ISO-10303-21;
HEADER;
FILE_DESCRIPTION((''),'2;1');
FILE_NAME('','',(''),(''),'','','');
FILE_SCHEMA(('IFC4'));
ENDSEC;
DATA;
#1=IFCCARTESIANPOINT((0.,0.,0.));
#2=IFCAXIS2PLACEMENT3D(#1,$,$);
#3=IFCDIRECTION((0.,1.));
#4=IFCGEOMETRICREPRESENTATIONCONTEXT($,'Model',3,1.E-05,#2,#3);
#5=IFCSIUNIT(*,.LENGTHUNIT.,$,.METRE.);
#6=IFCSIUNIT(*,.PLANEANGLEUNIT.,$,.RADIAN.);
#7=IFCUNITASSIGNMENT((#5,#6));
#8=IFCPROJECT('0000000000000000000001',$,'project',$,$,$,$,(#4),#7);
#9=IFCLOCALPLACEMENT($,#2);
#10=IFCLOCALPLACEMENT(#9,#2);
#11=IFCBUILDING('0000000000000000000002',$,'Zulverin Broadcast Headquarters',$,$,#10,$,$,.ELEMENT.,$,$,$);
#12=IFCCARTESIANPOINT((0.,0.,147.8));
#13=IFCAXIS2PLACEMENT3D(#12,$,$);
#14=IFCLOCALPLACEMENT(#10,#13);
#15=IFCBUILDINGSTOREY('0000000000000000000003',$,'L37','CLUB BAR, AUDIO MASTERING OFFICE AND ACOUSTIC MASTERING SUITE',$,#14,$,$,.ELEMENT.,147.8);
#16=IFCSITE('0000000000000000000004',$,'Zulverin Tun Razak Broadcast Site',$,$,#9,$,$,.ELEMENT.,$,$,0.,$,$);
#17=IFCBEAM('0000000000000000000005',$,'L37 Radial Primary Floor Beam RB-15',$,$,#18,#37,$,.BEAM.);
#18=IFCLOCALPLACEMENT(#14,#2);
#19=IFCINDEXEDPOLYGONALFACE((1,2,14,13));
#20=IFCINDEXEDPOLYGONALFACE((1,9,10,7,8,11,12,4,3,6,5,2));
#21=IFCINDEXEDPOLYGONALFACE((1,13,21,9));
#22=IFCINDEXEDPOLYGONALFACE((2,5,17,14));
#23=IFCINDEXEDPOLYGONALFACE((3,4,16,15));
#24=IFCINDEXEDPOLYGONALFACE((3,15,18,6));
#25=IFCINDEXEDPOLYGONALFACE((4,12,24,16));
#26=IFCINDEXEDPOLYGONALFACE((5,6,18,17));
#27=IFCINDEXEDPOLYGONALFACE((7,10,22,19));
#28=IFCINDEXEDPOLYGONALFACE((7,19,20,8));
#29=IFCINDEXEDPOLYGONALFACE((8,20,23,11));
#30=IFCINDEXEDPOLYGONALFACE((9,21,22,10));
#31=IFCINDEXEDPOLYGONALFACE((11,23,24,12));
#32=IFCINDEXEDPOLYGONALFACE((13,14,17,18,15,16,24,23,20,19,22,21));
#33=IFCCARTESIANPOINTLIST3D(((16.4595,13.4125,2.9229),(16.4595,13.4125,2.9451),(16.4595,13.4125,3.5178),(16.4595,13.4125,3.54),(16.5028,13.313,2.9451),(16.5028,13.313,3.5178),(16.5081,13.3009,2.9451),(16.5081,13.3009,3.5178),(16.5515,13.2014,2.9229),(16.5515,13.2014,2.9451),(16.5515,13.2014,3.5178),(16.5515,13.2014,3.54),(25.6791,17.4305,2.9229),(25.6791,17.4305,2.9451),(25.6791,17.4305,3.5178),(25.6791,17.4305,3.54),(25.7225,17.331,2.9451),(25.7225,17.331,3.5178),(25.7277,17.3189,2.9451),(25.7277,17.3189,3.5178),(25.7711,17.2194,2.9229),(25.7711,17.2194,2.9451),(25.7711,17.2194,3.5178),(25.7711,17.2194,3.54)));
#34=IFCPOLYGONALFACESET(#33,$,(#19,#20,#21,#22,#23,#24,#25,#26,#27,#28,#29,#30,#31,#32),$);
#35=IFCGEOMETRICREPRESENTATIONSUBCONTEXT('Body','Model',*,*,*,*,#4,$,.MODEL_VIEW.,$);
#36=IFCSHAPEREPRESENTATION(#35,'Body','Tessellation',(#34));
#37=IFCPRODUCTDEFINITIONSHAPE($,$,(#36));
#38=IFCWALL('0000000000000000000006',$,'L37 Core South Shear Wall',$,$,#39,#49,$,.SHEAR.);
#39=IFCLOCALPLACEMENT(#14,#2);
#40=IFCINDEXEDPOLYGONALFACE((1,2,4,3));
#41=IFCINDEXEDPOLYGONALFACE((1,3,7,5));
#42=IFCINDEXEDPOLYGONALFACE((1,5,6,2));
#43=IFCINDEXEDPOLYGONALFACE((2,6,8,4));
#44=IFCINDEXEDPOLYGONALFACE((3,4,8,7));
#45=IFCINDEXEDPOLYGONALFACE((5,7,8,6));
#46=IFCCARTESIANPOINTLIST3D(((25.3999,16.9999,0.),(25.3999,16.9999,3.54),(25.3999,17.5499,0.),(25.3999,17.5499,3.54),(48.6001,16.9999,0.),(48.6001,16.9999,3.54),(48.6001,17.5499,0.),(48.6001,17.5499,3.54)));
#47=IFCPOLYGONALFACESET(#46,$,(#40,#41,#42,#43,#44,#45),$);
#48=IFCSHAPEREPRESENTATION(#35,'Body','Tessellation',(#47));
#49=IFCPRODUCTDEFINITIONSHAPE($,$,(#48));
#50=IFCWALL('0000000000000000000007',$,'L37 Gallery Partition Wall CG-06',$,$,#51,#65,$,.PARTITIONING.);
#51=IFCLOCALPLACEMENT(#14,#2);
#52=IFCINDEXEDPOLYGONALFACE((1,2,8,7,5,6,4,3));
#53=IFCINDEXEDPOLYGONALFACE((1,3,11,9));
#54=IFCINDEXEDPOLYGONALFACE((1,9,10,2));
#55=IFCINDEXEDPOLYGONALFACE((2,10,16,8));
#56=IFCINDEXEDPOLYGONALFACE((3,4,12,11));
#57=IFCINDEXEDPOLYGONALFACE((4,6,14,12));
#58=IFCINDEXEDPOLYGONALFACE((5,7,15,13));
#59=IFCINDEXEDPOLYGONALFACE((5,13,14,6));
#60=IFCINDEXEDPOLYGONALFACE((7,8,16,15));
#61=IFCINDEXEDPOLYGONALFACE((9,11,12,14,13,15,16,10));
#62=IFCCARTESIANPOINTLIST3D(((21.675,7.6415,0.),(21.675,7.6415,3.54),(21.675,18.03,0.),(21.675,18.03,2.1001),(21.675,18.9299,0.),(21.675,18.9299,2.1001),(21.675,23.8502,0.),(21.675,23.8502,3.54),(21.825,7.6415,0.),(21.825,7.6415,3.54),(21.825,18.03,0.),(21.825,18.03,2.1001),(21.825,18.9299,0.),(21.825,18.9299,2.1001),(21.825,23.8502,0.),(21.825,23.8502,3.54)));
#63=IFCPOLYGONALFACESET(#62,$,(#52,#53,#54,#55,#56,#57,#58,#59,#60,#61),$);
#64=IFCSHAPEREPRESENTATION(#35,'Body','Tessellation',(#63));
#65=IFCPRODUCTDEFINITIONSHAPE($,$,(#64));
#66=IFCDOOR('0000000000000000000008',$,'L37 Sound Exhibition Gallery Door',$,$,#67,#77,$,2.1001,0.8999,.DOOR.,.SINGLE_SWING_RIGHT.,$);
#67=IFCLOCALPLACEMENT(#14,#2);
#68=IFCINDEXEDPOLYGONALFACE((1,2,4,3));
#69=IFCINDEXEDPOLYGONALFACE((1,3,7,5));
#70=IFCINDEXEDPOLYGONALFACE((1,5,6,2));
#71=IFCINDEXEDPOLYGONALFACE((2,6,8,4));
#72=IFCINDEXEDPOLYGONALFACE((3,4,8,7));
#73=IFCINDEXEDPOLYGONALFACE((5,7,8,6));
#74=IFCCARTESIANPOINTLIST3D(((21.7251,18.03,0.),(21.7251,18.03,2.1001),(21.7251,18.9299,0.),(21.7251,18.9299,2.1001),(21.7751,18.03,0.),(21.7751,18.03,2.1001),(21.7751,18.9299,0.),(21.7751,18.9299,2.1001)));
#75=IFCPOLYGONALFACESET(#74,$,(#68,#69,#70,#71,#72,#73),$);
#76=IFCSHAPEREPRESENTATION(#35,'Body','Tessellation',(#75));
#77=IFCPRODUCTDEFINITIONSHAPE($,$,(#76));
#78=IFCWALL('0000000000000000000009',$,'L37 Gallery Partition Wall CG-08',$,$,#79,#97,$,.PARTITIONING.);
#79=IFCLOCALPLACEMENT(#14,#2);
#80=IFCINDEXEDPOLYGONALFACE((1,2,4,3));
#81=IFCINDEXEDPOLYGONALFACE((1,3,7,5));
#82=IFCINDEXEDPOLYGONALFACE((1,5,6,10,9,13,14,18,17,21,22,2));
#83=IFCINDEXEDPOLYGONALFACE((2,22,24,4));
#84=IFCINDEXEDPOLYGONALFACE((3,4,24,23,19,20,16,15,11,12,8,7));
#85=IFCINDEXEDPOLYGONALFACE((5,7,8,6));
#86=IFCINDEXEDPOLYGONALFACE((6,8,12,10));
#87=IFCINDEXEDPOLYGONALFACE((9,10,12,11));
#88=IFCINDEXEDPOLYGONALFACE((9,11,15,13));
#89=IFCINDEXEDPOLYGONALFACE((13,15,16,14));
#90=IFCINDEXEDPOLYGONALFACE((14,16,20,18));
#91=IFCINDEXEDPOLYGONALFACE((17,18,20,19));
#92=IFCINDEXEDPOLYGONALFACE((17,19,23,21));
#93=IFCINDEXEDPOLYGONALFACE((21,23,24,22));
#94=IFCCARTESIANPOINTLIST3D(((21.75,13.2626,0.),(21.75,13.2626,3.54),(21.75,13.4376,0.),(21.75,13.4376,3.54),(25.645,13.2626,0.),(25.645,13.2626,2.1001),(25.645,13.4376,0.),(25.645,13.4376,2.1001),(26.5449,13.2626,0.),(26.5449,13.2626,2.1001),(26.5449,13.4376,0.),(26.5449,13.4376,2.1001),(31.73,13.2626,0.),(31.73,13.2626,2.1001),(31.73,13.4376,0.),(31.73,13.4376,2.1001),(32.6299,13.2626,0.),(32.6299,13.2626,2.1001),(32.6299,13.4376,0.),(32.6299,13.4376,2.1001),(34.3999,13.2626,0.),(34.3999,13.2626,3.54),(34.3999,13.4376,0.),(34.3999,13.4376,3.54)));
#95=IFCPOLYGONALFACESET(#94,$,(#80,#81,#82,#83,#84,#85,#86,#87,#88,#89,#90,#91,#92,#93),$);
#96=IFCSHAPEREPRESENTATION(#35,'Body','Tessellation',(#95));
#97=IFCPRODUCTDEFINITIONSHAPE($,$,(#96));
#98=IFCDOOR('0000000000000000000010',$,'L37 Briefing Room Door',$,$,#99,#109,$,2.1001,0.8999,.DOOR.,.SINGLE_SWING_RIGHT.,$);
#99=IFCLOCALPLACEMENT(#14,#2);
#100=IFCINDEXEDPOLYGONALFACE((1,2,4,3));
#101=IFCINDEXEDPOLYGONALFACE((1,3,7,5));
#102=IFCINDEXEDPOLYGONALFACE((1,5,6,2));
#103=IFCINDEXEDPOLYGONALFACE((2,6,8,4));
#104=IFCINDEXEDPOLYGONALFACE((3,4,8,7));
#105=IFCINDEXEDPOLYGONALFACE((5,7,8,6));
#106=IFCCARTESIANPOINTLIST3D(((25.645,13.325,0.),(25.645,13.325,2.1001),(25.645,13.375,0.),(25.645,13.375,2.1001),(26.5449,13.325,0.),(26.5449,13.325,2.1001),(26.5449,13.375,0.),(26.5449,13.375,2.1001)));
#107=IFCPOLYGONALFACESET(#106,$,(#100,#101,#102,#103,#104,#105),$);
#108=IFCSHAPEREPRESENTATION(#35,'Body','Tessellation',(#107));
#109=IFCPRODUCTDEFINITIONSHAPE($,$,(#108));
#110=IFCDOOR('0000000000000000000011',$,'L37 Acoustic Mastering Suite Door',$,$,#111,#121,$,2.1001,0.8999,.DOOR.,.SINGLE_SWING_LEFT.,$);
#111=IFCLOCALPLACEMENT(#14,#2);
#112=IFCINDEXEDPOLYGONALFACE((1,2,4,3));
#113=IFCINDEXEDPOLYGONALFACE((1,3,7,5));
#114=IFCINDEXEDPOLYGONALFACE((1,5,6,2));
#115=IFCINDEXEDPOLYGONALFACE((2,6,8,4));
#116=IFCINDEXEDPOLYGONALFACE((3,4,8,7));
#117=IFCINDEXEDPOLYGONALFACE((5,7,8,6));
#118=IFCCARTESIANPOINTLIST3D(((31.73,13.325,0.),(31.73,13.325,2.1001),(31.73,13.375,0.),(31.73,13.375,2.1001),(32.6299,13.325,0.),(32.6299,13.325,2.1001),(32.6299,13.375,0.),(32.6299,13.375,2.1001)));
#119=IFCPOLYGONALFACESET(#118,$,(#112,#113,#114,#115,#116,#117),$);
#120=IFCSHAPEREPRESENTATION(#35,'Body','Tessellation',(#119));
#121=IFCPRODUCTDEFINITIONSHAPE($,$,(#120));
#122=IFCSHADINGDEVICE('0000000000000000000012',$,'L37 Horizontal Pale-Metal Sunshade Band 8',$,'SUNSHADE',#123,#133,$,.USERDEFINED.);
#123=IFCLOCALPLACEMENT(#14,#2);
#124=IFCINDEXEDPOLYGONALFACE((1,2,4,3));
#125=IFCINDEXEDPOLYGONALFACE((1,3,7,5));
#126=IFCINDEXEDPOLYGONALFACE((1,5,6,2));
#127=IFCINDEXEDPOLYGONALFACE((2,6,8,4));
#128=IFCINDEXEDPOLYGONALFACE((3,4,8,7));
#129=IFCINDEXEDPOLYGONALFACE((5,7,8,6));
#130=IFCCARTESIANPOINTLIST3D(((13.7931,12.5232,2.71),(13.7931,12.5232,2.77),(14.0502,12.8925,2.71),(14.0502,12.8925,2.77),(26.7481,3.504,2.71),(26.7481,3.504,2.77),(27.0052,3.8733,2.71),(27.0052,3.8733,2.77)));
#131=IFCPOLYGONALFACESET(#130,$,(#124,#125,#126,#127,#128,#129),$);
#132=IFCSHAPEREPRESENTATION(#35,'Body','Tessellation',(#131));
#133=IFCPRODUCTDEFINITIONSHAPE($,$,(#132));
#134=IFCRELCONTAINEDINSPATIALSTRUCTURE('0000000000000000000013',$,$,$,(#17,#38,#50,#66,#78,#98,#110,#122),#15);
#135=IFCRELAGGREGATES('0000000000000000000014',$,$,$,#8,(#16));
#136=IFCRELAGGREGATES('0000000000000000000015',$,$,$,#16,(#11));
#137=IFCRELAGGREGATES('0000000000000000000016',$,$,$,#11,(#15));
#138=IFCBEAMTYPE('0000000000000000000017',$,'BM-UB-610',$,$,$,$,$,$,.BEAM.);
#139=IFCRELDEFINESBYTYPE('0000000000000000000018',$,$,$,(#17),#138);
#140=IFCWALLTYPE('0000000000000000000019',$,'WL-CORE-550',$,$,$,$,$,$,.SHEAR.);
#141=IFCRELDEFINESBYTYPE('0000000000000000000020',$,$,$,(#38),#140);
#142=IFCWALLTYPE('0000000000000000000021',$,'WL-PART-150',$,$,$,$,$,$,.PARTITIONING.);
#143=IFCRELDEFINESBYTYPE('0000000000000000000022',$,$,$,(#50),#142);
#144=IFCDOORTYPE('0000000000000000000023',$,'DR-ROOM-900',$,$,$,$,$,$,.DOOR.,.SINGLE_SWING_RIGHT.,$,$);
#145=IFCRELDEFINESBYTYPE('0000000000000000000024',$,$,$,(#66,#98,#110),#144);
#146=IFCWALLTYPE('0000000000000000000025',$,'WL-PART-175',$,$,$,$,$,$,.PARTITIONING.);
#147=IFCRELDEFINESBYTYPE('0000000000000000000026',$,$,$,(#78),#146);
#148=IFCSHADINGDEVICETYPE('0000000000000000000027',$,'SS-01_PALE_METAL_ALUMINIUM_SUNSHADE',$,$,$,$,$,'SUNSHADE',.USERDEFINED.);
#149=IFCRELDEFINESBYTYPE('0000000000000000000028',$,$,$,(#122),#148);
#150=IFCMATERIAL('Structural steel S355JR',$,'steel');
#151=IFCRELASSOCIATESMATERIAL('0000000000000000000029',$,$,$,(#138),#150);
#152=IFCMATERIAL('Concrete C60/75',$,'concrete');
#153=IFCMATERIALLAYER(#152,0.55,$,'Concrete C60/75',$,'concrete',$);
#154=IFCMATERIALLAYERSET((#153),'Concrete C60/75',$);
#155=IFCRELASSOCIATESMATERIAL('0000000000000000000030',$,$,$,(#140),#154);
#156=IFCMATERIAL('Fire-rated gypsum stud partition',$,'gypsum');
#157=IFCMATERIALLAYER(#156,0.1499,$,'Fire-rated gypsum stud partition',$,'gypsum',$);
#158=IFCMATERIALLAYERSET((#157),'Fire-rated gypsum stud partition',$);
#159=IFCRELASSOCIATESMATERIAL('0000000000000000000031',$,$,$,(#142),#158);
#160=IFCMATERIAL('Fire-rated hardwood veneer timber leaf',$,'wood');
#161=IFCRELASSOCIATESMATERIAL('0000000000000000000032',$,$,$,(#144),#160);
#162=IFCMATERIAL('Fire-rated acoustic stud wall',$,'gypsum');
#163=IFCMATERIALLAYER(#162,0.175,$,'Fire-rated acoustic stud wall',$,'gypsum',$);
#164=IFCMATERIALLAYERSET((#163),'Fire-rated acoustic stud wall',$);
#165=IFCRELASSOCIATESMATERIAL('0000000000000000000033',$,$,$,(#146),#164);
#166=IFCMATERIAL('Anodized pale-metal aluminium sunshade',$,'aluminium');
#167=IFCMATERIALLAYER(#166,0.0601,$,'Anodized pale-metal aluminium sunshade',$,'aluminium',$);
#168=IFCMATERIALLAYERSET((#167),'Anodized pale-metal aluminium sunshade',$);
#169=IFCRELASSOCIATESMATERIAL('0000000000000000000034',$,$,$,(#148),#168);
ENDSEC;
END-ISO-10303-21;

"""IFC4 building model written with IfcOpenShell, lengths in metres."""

from ifc_helpers import new_model, si_unit, direction, frame, frame_2d, origin, origin_2d, place, context, subcontext, project, spatial, rectangle, i_section, extrude, material, layer, layer_set, material_profile, profile_set, type_object, element, fill, save


model = new_model("IFC4")

# Units and contexts
model_context = context("Model", 3, precision=1e-05, world=origin(), true_north=direction((0.0, 1.0)))
body_context = subcontext(model_context, "Body", "Model", "MODEL_VIEW")
ifc_project = project(units=[si_unit("LENGTHUNIT", "METRE"), si_unit("PLANEANGLEUNIT", "RADIAN")], contexts=[model_context])

# Site, building, storey
site_placement = place(None, origin())
site = spatial("IfcSite", under=ifc_project, at=site_placement, Name="Zulverin Tun Razak Broadcast Site", CompositionType="ELEMENT", RefElevation=0.0)
building_placement = place(site_placement, origin())
building = spatial("IfcBuilding", under=site, at=building_placement, Name="Zulverin Broadcast Headquarters", CompositionType="ELEMENT")
storey_placement = place(building_placement, frame((0.0, 0.0, 147.8)))
storey = spatial("IfcBuildingStorey", under=building, at=storey_placement, Name="L37", Description="CLUB BAR, AUDIO MASTERING OFFICE AND ACOUSTIC MASTERING SUITE", CompositionType="ELEMENT", Elevation=147.8)

# Shared definitions
ifc_material_1 = material(Name="Concrete C60/75", Category="concrete")

# Beam
ifc_material_2 = material(Name="Structural steel S355JR", Category="steel")
ifc_material_profile_1 = material_profile(ifc_material_2, i_section(OverallWidth=0.2302, OverallDepth=0.6172, WebThickness=0.0132, FlangeThickness=0.0222, at=origin_2d()), Name="Structural steel S355JR", Category="steel")
ifc_profile_set_1 = profile_set([ifc_material_profile_1], Name="Structural steel S355JR")
beam_type_1 = type_object("IfcBeamType", Name="BM-UB-610", PredefinedType="BEAM", material=ifc_profile_set_1)
beam_1_placement = place(storey_placement, frame((25.7251, 17.325, 3.2314), z_axis=(-0.916725, -0.39952, 0.0), x_axis=(0.39952, -0.916725, 0.0)))
element("IfcBeam", 1, at=beam_1_placement, inside=storey, type_object=beam_type_1, Name="L37 Radial Primary Floor Beam RB-15", PredefinedType="BEAM", context=body_context, shape_type="SweptSolid", body=[
    extrude(i_section(OverallWidth=0.2302, OverallDepth=0.6172, WebThickness=0.0132, FlangeThickness=0.0222, at=origin_2d()), origin(), (0.0, 0.0, 1.0), 10.0571),
])

# Wall
ifc_layer_1 = layer(ifc_material_1, 0.55, Name="Concrete C60/75", Category="concrete")
ifc_layer_set_1 = layer_set([ifc_layer_1], Name="Concrete C60/75")
wall_type_1 = type_object("IfcWallType", Name="WL-CORE-550", PredefinedType="SHEAR", material=ifc_layer_set_1)
wall_1_placement = place(storey_placement, frame((25.3999, 17.2749, 0.0), z_axis=(0.0, 0.0, 1.0), x_axis=(1.0, 0.0, 0.0)))
element("IfcWall", 2, at=wall_1_placement, inside=storey, type_object=wall_type_1, Name="L37 Core South Shear Wall", PredefinedType="SHEAR", context=body_context, shape_type="SweptSolid", body=[
    extrude(rectangle(XDim=23.2002, YDim=0.55, at=frame_2d((11.6001, 0.0))), origin(), (0.0, 0.0, 1.0), 3.54),
])

# Wall, opening, door
ifc_material_3 = material(Name="Fire-rated gypsum stud partition", Category="gypsum")
ifc_layer_2 = layer(ifc_material_3, 0.1499, Name="Fire-rated gypsum stud partition", Category="gypsum")
ifc_layer_set_2 = layer_set([ifc_layer_2], Name="Fire-rated gypsum stud partition")
wall_type_2 = type_object("IfcWallType", Name="WL-PART-150", PredefinedType="PARTITIONING", material=ifc_layer_set_2)
wall_2_placement = place(storey_placement, frame((21.75, 7.6414, 0.0), z_axis=(0.0, 0.0, 1.0), x_axis=(0.0, 1.0, 0.0)))
wall_2 = element("IfcWall", 3, at=wall_2_placement, inside=storey, type_object=wall_type_2, Name="L37 Gallery Partition Wall CG-06", PredefinedType="PARTITIONING", context=body_context, shape_type="SweptSolid", body=[
    extrude(rectangle(XDim=16.2087, YDim=0.1499, at=frame_2d((8.1045, 0.0))), origin(), (0.0, 0.0, 1.0), 3.54),
])
opening_1_placement = place(wall_2_placement, frame((10.3887, 0.0, 0.0)))
opening_1 = element("IfcOpeningElement", 4, at=opening_1_placement, cuts=wall_2, PredefinedType="OPENING", context=body_context, shape_type="SweptSolid", body=[
    extrude(rectangle(XDim=0.8999, YDim=2.1001, at=frame_2d((0.45, 1.05))), frame((0.0, 0.085, 0.0), z_axis=(0.0, -1.0, 0.0), x_axis=(1.0, 0.0, 0.0)), (0.0, 0.0, 1.0), 0.1699),
])
ifc_material_4 = material(Name="Fire-rated hardwood veneer timber leaf", Category="wood")
door_type_1 = type_object("IfcDoorType", Name="DR-ROOM-900", OperationType="SINGLE_SWING_RIGHT", PredefinedType="DOOR", material=ifc_material_4)
door_1_placement = place(opening_1_placement, origin())
door_1 = element("IfcDoor", 5, at=door_1_placement, inside=storey, type_object=door_type_1, Name="L37 Sound Exhibition Gallery Door", OperationType="SINGLE_SWING_RIGHT", OverallHeight=2.1001, OverallWidth=0.8999, PredefinedType="DOOR", context=body_context, shape_type="SweptSolid", body=[
    extrude(rectangle(XDim=0.8999, YDim=2.1001, at=frame_2d((0.45, 1.05))), frame((0.0, 0.0249, 0.0), z_axis=(0.0, -1.0, 0.0), x_axis=(1.0, 0.0, 0.0)), (0.0, 0.0, 1.0), 0.05),
])
fill(opening_1, door_1)

# Wall, openings, doors
ifc_material_5 = material(Name="Fire-rated acoustic stud wall", Category="gypsum")
ifc_layer_3 = layer(ifc_material_5, 0.175, Name="Fire-rated acoustic stud wall", Category="gypsum")
ifc_layer_set_3 = layer_set([ifc_layer_3], Name="Fire-rated acoustic stud wall")
wall_type_3 = type_object("IfcWallType", Name="WL-PART-175", PredefinedType="PARTITIONING", material=ifc_layer_set_3)
wall_3_placement = place(storey_placement, frame((21.75, 13.3501, 0.0), z_axis=(0.0, 0.0, 1.0), x_axis=(1.0, 0.0, 0.0)))
wall_3 = element("IfcWall", 6, at=wall_3_placement, inside=storey, type_object=wall_type_3, Name="L37 Gallery Partition Wall CG-08", PredefinedType="PARTITIONING", context=body_context, shape_type="SweptSolid", body=[
    extrude(rectangle(XDim=12.6499, YDim=0.175, at=frame_2d((6.325, 0.0))), origin(), (0.0, 0.0, 1.0), 3.54),
])
opening_2_placement = place(wall_3_placement, frame((3.895, 0.0, 0.0)))
opening_2 = element("IfcOpeningElement", 7, at=opening_2_placement, cuts=wall_3, PredefinedType="OPENING", context=body_context, shape_type="SweptSolid", body=[
    extrude(rectangle(XDim=0.8999, YDim=2.1001, at=frame_2d((0.45, 1.05))), frame((0.0, 0.0974, 0.0), z_axis=(0.0, -1.0, 0.0), x_axis=(1.0, 0.0, 0.0)), (0.0, 0.0, 1.0), 0.1951),
])
opening_3_placement = place(wall_3_placement, frame((9.98, 0.0, 0.0)))
opening_3 = element("IfcOpeningElement", 8, at=opening_3_placement, cuts=wall_3, PredefinedType="OPENING", context=body_context, shape_type="SweptSolid", body=[
    extrude(rectangle(XDim=0.8999, YDim=2.1001, at=frame_2d((0.45, 1.05))), frame((0.0, 0.0974, 0.0), z_axis=(0.0, -1.0, 0.0), x_axis=(1.0, 0.0, 0.0)), (0.0, 0.0, 1.0), 0.1951),
])
door_2_placement = place(opening_2_placement, origin())
door_2 = element("IfcDoor", 9, at=door_2_placement, inside=storey, type_object=door_type_1, Name="L37 Briefing Room Door", OperationType="SINGLE_SWING_RIGHT", OverallHeight=2.1001, OverallWidth=0.8999, PredefinedType="DOOR", context=body_context, shape_type="SweptSolid", body=[
    extrude(rectangle(XDim=0.8999, YDim=2.1001, at=frame_2d((0.45, 1.05))), frame((0.0, 0.0249, 0.0), z_axis=(0.0, -1.0, 0.0), x_axis=(1.0, 0.0, 0.0)), (0.0, 0.0, 1.0), 0.05),
])
fill(opening_2, door_2)
door_3_placement = place(opening_3_placement, origin())
door_3 = element("IfcDoor", 10, at=door_3_placement, inside=storey, type_object=door_type_1, Name="L37 Acoustic Mastering Suite Door", OperationType="SINGLE_SWING_LEFT", OverallHeight=2.1001, OverallWidth=0.8999, PredefinedType="DOOR", context=body_context, shape_type="SweptSolid", body=[
    extrude(rectangle(XDim=0.8999, YDim=2.1001, at=frame_2d((0.45, 1.05))), frame((0.0, 0.0249, 0.0), z_axis=(0.0, -1.0, 0.0), x_axis=(1.0, 0.0, 0.0)), (0.0, 0.0, 1.0), 0.05),
])
fill(opening_3, door_3)

# Shading device
ifc_material_6 = material(Name="Anodized pale-metal aluminium sunshade", Category="aluminium")
ifc_layer_4 = layer(ifc_material_6, 0.0601, Name="Anodized pale-metal aluminium sunshade", Category="aluminium")
ifc_layer_set_4 = layer_set([ifc_layer_4], Name="Anodized pale-metal aluminium sunshade")
shading_device_type = type_object("IfcShadingDeviceType", Name="SS-01_PALE_METAL_ALUMINIUM_SUNSHADE", ElementType="SUNSHADE", PredefinedType="USERDEFINED", material=ifc_layer_set_4)
shading_device_placement = place(storey_placement, frame((20.3992, 8.1982, 2.71), z_axis=(0.0, 0.0, 1.0), x_axis=(0.820696, -0.571365, 0.0)))
element("IfcShadingDevice", 11, at=shading_device_placement, inside=storey, type_object=shading_device_type, Name="L37 Horizontal Pale-Metal Sunshade Band 8", ObjectType="SUNSHADE", PredefinedType="USERDEFINED", context=body_context, shape_type="SweptSolid", body=[
    extrude(rectangle(XDim=15.7854, YDim=0.45, at=origin_2d()), origin(), (0.0, 0.0, 1.0), 0.0601),
])

save(model, "model.ifc")
